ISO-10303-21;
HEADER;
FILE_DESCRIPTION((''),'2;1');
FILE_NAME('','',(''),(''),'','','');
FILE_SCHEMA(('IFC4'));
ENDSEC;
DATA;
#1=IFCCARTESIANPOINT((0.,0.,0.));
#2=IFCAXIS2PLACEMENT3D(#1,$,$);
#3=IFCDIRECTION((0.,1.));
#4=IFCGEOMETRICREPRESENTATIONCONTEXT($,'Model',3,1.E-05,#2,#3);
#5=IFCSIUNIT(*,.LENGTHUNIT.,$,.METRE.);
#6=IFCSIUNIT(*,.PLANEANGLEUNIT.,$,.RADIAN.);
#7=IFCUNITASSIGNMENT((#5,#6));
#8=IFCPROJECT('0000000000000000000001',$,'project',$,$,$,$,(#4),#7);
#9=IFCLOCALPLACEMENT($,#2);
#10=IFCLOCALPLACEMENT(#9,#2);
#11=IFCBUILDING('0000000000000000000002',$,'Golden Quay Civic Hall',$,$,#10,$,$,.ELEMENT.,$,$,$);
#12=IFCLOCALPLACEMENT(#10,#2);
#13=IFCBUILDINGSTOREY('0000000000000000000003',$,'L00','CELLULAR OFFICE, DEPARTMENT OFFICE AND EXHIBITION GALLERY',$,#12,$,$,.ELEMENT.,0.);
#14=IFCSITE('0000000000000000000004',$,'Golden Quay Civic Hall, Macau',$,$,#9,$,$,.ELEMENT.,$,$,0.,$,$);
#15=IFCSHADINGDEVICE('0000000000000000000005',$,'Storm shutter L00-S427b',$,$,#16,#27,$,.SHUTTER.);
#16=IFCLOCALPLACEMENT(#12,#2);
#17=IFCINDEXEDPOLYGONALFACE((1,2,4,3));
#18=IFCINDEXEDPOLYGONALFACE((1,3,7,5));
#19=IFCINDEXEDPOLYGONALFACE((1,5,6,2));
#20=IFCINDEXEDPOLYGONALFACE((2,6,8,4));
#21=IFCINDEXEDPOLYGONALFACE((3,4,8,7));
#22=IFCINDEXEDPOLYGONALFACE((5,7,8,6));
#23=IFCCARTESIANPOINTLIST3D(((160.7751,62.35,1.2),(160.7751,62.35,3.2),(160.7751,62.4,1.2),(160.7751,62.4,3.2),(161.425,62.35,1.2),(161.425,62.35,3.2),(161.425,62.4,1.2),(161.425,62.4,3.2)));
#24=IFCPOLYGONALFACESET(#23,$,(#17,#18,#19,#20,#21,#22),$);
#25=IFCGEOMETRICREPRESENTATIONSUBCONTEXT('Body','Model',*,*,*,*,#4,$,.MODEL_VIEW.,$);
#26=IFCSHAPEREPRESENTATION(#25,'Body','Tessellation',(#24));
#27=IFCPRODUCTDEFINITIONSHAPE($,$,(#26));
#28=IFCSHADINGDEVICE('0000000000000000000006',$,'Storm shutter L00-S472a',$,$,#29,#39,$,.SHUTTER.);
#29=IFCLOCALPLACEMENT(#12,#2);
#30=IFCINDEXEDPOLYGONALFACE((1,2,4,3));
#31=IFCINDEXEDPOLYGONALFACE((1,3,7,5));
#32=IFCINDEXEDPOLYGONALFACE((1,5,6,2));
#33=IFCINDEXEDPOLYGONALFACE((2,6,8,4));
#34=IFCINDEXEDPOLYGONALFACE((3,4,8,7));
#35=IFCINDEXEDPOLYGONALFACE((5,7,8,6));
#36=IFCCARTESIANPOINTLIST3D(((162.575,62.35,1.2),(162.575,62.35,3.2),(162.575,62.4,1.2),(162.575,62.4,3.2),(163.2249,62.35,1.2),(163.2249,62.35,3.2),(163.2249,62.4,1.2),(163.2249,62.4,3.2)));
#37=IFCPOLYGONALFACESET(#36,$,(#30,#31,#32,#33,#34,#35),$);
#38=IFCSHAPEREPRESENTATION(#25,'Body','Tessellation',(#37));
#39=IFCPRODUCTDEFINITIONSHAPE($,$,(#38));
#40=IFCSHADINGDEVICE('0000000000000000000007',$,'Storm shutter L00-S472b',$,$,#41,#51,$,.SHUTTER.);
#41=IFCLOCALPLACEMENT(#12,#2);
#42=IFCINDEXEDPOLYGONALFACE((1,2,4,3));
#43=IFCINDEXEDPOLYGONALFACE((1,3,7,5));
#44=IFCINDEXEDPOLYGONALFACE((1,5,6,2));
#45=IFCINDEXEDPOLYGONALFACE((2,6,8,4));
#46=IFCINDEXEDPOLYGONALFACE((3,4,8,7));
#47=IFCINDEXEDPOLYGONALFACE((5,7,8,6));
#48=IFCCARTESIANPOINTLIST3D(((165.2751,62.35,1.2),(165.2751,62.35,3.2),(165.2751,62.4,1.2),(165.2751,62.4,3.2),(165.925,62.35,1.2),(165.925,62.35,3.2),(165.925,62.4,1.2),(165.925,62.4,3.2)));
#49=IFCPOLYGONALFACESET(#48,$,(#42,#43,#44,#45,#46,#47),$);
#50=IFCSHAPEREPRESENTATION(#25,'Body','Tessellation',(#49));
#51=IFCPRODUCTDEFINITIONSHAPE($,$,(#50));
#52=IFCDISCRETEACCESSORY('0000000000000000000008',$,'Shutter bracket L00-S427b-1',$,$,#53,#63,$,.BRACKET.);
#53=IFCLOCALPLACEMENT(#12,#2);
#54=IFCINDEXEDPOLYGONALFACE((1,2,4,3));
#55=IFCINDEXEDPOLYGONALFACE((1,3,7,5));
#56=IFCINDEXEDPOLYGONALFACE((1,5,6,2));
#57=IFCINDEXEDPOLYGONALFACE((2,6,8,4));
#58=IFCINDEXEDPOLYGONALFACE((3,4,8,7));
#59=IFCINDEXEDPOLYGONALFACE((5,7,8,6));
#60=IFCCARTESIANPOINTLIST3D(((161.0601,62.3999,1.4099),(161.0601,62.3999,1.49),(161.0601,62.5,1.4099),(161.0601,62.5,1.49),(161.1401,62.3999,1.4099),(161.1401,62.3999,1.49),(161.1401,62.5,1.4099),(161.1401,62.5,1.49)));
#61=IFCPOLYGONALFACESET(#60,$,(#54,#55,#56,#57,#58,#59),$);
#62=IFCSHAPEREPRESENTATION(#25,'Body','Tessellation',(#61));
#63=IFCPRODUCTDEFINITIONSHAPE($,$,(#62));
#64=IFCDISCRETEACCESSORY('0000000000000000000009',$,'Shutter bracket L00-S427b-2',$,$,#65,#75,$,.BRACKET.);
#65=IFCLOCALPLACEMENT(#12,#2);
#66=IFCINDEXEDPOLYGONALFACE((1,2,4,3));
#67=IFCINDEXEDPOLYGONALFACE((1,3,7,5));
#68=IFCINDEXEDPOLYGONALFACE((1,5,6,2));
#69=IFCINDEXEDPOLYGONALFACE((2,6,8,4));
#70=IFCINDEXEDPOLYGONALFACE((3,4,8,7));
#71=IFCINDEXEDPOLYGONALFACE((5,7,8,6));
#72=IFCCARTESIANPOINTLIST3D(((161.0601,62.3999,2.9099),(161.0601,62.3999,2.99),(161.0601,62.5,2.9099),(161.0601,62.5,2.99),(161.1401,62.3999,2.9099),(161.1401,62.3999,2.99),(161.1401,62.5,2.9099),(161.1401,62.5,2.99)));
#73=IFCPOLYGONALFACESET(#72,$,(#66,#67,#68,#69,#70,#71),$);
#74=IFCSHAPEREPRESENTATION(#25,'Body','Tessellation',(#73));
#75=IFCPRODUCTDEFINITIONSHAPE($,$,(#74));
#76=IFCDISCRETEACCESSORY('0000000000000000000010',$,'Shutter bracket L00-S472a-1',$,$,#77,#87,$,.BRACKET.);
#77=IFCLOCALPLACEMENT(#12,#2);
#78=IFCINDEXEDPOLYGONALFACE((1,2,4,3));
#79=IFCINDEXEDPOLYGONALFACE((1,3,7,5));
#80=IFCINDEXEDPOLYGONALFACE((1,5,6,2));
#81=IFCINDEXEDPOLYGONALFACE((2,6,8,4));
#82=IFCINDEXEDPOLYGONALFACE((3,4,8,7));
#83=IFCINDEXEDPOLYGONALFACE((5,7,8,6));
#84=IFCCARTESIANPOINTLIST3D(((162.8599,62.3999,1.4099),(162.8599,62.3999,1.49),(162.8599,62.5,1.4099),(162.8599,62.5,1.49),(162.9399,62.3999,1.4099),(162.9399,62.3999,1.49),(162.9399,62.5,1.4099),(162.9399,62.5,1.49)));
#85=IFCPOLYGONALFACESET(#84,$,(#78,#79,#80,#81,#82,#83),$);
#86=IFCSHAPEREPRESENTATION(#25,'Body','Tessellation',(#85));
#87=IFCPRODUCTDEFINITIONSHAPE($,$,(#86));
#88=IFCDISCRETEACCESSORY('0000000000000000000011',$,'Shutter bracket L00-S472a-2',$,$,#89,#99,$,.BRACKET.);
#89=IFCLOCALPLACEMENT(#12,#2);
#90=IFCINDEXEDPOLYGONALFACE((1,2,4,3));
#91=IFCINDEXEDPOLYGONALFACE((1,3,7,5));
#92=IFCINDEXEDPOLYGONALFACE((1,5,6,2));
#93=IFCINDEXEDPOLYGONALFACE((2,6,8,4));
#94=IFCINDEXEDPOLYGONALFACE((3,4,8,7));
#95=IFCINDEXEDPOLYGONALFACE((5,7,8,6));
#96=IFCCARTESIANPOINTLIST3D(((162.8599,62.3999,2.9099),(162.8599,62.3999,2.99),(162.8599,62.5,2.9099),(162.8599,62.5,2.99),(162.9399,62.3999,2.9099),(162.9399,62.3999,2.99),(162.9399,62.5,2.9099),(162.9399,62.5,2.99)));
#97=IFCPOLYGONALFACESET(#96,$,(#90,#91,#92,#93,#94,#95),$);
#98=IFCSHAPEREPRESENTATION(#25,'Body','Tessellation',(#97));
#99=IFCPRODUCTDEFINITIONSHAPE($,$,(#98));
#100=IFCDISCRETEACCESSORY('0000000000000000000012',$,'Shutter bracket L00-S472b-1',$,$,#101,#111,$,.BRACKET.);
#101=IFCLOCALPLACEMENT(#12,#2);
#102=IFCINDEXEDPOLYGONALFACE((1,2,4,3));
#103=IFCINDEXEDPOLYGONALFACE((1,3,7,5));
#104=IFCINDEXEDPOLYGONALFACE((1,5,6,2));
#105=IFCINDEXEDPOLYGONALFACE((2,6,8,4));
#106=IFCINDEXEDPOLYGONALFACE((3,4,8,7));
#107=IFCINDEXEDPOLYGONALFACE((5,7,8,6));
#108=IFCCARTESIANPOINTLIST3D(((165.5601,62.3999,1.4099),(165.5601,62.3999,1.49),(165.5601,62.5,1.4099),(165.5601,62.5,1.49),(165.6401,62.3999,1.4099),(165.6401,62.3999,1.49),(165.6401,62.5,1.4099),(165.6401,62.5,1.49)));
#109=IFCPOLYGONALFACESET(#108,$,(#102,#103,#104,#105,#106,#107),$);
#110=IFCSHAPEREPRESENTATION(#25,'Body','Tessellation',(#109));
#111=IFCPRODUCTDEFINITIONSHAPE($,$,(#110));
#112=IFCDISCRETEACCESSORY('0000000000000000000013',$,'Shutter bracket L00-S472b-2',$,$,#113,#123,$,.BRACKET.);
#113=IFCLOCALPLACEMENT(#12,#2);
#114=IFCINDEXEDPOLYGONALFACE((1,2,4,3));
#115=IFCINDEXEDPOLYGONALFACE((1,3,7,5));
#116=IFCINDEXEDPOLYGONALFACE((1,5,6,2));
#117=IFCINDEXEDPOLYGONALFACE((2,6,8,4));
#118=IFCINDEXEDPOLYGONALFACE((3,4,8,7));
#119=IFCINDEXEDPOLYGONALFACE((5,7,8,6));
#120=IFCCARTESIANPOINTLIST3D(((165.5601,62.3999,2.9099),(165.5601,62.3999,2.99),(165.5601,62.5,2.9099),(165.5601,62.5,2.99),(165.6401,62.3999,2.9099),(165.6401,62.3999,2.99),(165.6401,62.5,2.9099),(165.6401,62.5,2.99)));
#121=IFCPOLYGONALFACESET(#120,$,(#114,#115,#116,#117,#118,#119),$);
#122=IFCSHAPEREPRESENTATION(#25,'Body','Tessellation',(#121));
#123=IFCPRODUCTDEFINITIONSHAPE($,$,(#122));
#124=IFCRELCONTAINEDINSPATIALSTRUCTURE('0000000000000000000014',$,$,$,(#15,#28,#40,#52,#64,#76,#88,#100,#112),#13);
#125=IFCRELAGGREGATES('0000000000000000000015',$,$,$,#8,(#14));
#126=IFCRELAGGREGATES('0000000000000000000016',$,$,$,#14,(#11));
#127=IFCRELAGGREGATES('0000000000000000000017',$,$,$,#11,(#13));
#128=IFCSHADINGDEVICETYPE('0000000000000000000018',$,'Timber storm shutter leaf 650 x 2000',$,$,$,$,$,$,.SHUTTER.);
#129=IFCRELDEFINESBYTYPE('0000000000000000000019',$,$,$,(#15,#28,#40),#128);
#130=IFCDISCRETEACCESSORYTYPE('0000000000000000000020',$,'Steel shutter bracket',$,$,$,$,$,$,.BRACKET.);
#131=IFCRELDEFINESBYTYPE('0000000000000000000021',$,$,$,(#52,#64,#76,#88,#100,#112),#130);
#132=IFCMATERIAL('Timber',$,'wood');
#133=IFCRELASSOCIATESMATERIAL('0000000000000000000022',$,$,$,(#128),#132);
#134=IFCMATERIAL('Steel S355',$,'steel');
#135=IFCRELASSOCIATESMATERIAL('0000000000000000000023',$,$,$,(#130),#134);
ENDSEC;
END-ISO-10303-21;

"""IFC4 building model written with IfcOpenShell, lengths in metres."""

from ifc_helpers import new_model, si_unit, direction, frame, origin, origin_2d, place, context, subcontext, project, spatial, rectangle, extrude, material, type_object, element, save


model = new_model("IFC4")

# Units and contexts
model_context = context("Model", 3, precision=1e-05, world=origin(), true_north=direction((0.0, 1.0)))
body_context = subcontext(model_context, "Body", "Model", "MODEL_VIEW")
ifc_project = project(units=[si_unit("LENGTHUNIT", "METRE"), si_unit("PLANEANGLEUNIT", "RADIAN")], contexts=[model_context])

# Site, building, storey
site_placement = place(None, origin())
site = spatial("IfcSite", under=ifc_project, at=site_placement, Name="Golden Quay Civic Hall, Macau", CompositionType="ELEMENT", RefElevation=0.0)
building_placement = place(site_placement, origin())
building = spatial("IfcBuilding", under=site, at=building_placement, Name="Golden Quay Civic Hall", CompositionType="ELEMENT")
storey_placement = place(building_placement, origin())
storey = spatial("IfcBuildingStorey", under=building, at=storey_placement, Name="L00", Description="CELLULAR OFFICE, DEPARTMENT OFFICE AND EXHIBITION GALLERY", CompositionType="ELEMENT", Elevation=0.0)

# Shading devices
ifc_material_1 = material(Name="Timber", Category="wood")
shading_device_type = type_object("IfcShadingDeviceType", Name="Timber storm shutter leaf 650 x 2000", PredefinedType="SHUTTER", material=ifc_material_1)
for number, where, z_axis, x_axis, name in (
    (1, (161.1001, 62.375, 1.2), (0.0, 0.0, 1.0), (1.0, 0.0, 0.0), "Storm shutter L00-S427b"),
    (2, (162.8999, 62.375, 1.2), (0.0, 0.0, 1.0), (1.0, 0.0, 0.0), "Storm shutter L00-S472a"),
    (3, (165.6001, 62.375, 1.2), (0.0, 0.0, 1.0), (1.0, 0.0, 0.0), "Storm shutter L00-S472b"),
):
    element("IfcShadingDevice", number, at=place(storey_placement, frame(where, z_axis=z_axis, x_axis=x_axis)), inside=storey, type_object=shading_device_type, Name=name, PredefinedType="SHUTTER", context=body_context, shape_type="SweptSolid", body=[
        extrude(rectangle(XDim=0.6499, YDim=0.05, at=origin_2d()), origin(), (0.0, 0.0, 1.0), 2.0),
    ])

# Discrete accessories
ifc_material_2 = material(Name="Steel S355", Category="steel")
discrete_accessory_type = type_object("IfcDiscreteAccessoryType", Name="Steel shutter bracket", PredefinedType="BRACKET", material=ifc_material_2)
for number, where, z_axis, x_axis, name in (
    (4, (161.1001, 62.45, 1.4099), (0.0, 0.0, 1.0), (1.0, 0.0, 0.0), "Shutter bracket L00-S427b-1"),
    (5, (161.1001, 62.45, 2.9099), (0.0, 0.0, 1.0), (1.0, 0.0, 0.0), "Shutter bracket L00-S427b-2"),
    (6, (162.8999, 62.45, 1.4099), (0.0, 0.0, 1.0), (1.0, 0.0, 0.0), "Shutter bracket L00-S472a-1"),
    (7, (162.8999, 62.45, 2.9099), (0.0, 0.0, 1.0), (1.0, 0.0, 0.0), "Shutter bracket L00-S472a-2"),
    (8, (165.6001, 62.45, 1.4099), (0.0, 0.0, 1.0), (1.0, 0.0, 0.0), "Shutter bracket L00-S472b-1"),
    (9, (165.6001, 62.45, 2.9099), (0.0, 0.0, 1.0), (1.0, 0.0, 0.0), "Shutter bracket L00-S472b-2"),
):
    element("IfcDiscreteAccessory", number, at=place(storey_placement, frame(where, z_axis=z_axis, x_axis=x_axis)), inside=storey, type_object=discrete_accessory_type, Name=name, PredefinedType="BRACKET", context=body_context, shape_type="SweptSolid", body=[
        extrude(rectangle(XDim=0.0801, YDim=0.1001, at=origin_2d()), origin(), (0.0, 0.0, 1.0), 0.0801),
    ])

save(model, "model.ifc")
